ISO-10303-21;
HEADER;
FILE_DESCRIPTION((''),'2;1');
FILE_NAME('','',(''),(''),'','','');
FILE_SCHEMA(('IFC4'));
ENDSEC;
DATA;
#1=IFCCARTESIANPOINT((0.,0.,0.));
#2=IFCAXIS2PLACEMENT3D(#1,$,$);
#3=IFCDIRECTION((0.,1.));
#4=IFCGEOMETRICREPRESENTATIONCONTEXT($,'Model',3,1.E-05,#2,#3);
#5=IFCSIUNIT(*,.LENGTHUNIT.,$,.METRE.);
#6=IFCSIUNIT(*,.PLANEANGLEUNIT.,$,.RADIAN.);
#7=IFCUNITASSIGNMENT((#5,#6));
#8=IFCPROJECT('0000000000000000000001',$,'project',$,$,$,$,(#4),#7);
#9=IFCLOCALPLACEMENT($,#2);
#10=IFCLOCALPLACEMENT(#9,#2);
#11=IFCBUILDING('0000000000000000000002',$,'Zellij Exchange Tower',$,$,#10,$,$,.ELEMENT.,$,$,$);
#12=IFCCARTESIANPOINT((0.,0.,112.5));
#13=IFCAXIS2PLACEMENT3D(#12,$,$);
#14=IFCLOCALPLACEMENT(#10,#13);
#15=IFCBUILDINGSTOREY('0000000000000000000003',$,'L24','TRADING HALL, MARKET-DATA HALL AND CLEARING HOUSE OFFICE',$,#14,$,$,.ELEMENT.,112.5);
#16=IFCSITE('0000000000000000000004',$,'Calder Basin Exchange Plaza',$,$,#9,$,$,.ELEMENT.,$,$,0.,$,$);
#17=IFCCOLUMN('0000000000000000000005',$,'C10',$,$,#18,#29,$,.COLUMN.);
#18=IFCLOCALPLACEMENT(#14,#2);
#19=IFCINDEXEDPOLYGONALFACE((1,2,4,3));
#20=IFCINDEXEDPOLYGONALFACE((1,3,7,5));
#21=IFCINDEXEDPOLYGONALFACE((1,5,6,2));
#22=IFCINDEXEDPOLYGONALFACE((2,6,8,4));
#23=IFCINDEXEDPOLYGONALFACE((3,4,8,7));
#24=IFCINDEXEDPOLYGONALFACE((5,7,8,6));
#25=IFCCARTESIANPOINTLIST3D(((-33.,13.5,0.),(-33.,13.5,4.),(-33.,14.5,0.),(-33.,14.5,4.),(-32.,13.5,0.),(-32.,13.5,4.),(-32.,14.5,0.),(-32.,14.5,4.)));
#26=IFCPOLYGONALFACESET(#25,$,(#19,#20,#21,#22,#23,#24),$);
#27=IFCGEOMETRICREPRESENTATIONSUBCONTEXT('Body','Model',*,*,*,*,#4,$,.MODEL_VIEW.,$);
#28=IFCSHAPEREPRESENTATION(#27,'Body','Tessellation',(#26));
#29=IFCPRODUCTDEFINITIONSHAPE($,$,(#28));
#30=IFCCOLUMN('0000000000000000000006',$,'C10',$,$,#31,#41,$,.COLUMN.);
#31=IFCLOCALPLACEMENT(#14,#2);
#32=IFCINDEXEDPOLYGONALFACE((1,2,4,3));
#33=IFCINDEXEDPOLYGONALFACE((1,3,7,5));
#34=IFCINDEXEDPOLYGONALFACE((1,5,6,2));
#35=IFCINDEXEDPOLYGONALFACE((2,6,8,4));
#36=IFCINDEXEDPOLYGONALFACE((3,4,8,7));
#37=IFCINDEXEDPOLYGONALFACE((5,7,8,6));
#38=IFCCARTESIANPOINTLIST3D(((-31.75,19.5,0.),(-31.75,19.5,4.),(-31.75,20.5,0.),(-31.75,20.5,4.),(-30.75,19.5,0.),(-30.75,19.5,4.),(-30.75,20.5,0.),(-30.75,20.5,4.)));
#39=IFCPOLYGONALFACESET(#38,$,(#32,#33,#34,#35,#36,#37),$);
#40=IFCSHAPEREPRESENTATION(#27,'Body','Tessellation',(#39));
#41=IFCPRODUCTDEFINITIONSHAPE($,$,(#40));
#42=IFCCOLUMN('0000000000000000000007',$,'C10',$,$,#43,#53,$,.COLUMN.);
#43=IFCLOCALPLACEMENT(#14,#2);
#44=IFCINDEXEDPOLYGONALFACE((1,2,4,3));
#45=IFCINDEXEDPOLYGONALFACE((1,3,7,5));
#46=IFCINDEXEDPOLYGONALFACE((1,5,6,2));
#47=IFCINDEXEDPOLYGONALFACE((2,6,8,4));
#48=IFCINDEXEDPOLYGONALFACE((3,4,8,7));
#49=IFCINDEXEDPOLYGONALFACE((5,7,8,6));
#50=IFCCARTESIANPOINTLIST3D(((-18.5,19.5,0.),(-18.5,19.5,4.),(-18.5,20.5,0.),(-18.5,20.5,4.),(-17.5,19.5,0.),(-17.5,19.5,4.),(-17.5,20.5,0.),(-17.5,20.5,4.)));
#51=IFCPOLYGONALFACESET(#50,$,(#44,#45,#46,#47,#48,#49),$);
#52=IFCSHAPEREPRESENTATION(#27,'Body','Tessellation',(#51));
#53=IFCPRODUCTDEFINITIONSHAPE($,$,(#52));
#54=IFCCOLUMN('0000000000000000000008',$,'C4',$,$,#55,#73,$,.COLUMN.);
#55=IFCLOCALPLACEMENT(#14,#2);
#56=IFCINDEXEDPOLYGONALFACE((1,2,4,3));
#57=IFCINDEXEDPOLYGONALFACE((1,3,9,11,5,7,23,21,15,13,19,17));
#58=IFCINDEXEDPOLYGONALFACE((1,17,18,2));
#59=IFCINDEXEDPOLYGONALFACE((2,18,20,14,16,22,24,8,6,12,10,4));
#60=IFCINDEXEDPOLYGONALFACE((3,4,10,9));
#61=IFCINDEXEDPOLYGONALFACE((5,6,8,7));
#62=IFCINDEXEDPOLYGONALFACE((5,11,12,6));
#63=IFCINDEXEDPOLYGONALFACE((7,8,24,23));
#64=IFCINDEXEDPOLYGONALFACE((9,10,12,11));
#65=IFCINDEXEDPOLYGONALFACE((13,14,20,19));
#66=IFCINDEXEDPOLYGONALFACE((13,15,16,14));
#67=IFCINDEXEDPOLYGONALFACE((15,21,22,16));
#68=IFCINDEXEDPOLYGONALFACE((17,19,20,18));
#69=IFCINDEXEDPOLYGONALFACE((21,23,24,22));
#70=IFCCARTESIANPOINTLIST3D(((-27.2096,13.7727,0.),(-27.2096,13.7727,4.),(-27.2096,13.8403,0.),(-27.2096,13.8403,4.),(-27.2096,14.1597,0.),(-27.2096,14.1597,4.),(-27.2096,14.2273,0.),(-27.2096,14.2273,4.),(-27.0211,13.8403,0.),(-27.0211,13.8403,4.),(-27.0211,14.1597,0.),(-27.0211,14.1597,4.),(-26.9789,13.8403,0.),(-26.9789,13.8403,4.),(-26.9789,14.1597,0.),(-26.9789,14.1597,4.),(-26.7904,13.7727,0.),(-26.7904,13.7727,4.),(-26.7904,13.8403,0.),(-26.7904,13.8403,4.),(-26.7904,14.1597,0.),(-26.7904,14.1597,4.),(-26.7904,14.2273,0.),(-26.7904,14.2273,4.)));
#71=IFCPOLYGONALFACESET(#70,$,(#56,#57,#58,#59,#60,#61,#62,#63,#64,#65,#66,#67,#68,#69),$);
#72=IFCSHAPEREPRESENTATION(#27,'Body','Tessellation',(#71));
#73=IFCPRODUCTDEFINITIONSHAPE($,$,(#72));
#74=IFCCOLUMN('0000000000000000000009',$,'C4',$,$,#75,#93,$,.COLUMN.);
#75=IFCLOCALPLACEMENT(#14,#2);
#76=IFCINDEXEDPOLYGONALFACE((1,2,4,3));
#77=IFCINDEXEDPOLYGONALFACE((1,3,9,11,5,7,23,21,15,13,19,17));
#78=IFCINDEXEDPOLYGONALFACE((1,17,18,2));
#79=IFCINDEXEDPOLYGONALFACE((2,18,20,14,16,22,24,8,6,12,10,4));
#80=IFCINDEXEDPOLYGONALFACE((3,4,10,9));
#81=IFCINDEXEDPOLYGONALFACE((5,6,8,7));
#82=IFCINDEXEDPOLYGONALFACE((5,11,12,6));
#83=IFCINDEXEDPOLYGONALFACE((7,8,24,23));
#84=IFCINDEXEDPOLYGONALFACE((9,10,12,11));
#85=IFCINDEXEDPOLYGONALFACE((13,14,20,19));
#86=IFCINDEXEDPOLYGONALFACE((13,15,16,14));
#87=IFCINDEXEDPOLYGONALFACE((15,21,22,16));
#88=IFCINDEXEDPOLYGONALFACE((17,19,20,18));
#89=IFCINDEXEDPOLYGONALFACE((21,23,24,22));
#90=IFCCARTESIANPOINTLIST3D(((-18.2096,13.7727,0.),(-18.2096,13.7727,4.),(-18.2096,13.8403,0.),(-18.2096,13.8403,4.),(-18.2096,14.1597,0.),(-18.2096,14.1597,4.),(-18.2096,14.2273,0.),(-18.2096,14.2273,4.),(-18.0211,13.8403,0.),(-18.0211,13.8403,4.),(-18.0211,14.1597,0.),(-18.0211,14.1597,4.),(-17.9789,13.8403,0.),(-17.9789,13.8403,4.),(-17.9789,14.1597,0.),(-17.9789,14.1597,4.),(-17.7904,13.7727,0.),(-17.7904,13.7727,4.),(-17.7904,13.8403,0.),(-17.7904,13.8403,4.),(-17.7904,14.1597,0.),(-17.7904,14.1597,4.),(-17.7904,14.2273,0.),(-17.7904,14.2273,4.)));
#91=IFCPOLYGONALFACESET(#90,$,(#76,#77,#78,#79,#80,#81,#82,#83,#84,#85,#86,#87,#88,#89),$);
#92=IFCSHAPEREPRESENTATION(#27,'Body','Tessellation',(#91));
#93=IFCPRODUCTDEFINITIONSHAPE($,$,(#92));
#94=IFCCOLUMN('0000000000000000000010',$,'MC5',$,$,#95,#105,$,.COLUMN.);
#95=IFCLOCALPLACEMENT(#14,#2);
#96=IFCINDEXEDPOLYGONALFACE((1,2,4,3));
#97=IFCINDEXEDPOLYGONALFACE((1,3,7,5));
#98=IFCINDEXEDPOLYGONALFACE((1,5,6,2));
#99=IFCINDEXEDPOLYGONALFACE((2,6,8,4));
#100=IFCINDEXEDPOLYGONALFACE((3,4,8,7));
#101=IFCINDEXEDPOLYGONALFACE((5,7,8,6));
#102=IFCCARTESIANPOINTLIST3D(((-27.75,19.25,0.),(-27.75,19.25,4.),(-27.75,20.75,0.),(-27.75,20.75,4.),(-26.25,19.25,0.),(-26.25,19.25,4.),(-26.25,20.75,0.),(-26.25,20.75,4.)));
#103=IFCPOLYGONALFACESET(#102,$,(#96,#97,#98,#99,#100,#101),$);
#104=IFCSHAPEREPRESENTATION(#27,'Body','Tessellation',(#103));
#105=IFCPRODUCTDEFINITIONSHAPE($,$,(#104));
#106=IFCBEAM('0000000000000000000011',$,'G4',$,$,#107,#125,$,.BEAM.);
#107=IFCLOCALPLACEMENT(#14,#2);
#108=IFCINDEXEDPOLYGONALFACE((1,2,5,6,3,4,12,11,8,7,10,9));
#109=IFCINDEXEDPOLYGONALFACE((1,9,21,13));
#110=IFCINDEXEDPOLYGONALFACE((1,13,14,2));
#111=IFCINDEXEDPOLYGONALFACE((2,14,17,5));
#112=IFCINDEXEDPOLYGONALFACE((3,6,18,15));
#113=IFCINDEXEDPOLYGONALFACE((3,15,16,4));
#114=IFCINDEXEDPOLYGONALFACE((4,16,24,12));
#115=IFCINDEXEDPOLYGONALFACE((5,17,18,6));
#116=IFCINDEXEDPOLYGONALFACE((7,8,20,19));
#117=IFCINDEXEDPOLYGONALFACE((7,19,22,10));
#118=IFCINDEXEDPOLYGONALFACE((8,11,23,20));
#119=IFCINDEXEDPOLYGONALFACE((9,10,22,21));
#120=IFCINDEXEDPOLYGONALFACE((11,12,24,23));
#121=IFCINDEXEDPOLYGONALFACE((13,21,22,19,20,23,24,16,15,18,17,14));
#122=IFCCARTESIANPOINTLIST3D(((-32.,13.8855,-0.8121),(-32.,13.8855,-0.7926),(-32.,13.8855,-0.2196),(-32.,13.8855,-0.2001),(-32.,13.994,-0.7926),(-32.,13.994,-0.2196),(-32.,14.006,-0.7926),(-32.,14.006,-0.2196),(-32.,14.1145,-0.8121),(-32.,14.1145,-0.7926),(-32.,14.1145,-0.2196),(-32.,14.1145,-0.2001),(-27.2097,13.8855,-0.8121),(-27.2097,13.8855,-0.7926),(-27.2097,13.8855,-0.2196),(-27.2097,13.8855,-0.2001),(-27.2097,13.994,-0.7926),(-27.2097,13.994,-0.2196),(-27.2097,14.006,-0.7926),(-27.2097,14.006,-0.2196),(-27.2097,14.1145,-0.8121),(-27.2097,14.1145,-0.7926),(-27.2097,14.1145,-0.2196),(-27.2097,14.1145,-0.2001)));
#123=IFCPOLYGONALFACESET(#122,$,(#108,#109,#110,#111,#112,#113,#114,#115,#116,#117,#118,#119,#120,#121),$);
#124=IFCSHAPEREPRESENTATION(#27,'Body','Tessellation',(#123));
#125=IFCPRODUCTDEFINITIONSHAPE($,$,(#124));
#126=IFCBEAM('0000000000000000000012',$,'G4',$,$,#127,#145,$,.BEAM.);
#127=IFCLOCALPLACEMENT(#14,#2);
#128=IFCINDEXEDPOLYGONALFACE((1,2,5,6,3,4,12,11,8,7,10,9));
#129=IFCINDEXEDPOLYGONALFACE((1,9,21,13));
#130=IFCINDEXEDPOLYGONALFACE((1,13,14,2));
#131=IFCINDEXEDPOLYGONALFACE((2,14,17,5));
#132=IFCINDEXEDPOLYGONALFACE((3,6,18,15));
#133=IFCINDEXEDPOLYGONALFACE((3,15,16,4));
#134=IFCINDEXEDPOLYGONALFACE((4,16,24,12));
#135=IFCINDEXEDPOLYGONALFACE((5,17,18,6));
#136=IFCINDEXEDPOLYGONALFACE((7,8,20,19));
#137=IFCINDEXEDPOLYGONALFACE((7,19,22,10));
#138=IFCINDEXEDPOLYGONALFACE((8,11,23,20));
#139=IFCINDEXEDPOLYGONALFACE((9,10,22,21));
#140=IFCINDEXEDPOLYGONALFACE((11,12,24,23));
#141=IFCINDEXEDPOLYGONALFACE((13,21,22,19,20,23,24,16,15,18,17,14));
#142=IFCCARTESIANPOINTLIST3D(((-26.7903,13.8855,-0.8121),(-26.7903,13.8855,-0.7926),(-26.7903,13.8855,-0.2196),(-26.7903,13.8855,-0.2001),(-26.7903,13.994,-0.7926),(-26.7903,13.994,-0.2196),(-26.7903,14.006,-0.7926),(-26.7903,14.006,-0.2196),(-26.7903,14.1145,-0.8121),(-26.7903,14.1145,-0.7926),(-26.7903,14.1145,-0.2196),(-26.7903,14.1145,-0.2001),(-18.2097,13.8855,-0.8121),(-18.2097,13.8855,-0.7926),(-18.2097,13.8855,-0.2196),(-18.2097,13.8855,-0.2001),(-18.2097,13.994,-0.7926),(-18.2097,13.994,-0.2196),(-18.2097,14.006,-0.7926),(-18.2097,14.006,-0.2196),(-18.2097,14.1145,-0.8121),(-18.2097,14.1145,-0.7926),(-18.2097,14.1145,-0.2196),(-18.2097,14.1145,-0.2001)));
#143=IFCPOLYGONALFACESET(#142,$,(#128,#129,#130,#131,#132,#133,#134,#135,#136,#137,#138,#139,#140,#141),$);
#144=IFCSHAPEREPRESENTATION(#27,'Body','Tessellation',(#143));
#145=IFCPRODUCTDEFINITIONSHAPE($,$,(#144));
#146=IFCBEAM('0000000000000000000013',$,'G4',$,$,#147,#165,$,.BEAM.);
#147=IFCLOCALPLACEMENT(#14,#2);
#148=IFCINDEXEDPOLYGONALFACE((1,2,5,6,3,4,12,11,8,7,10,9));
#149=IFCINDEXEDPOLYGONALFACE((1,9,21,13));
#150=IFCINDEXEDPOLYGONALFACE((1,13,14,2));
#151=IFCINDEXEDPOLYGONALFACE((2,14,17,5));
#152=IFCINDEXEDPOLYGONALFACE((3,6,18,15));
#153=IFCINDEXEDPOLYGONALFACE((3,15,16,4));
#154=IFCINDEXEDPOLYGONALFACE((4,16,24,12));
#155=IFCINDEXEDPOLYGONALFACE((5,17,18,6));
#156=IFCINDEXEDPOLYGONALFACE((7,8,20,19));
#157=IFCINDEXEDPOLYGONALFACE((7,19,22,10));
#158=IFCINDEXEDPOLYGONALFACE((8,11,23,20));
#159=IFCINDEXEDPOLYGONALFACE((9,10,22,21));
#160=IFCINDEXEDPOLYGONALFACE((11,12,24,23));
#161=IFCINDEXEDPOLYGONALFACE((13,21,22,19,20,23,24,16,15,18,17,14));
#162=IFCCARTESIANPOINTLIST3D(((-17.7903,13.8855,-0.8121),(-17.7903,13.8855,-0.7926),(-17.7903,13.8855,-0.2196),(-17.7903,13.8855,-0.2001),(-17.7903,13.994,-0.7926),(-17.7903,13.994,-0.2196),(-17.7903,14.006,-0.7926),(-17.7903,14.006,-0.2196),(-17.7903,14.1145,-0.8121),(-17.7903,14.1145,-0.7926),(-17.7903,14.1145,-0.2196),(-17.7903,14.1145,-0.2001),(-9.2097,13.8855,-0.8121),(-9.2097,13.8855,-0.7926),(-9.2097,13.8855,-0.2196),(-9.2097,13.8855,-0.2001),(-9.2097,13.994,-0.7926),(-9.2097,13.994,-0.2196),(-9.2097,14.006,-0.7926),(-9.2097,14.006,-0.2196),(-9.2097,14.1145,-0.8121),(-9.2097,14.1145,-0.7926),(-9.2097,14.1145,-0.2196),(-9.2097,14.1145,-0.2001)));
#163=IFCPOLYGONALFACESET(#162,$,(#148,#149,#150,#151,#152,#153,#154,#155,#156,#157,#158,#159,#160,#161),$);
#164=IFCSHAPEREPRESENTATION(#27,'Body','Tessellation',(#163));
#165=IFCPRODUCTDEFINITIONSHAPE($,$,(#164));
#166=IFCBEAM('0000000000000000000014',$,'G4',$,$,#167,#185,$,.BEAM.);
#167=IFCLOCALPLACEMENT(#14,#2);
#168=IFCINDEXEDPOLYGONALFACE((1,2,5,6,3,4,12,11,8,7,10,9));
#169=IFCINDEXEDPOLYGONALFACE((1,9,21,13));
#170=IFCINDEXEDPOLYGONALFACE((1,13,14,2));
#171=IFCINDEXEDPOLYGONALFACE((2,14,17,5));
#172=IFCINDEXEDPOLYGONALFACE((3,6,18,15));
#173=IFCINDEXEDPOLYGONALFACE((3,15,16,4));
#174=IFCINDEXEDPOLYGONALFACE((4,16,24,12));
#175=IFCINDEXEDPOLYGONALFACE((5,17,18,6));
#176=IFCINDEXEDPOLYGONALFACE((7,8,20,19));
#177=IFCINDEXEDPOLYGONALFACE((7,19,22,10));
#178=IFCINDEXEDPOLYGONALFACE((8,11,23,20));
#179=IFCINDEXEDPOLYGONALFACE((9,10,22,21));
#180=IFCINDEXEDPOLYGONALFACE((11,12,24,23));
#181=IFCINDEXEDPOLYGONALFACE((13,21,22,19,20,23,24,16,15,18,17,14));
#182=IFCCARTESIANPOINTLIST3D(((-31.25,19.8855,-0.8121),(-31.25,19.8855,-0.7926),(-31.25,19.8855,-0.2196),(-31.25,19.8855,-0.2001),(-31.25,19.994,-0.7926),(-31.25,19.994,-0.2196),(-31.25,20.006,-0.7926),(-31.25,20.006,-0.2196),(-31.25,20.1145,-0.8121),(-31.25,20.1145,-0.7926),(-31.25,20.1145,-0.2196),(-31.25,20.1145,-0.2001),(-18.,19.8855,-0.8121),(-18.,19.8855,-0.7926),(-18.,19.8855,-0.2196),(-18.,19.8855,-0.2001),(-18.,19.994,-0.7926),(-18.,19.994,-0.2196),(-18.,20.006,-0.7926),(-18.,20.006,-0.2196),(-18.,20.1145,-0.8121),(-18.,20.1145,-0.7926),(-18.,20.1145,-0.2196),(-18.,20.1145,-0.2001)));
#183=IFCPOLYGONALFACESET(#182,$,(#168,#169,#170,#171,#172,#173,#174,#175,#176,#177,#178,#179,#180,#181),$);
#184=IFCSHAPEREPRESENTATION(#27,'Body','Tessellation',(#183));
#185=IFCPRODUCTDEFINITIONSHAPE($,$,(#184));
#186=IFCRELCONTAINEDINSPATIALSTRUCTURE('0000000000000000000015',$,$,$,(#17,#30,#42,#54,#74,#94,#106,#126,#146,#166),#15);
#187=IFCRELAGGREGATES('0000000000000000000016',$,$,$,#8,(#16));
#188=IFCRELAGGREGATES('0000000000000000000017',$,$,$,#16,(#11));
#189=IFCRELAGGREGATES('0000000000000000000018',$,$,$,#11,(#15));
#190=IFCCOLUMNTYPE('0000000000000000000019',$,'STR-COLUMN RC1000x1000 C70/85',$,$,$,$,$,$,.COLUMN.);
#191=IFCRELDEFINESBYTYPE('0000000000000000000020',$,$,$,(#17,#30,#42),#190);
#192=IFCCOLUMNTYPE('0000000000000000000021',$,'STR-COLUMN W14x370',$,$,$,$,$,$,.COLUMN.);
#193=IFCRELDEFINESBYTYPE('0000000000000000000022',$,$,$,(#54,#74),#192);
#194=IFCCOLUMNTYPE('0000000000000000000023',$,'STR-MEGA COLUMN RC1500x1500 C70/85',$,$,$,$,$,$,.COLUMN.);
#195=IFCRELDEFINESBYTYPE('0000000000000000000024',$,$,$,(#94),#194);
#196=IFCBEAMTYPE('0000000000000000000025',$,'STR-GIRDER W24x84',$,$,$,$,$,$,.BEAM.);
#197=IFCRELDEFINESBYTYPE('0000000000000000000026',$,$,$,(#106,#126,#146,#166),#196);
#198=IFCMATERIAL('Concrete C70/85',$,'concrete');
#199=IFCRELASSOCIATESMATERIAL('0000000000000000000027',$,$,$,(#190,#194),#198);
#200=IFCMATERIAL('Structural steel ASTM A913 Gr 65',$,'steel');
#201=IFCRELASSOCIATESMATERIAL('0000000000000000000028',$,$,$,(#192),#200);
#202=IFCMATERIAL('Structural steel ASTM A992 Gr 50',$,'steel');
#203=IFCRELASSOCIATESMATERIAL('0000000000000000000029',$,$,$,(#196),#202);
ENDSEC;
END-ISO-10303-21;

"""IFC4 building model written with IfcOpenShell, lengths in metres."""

from ifc_helpers import new_model, si_unit, direction, frame, origin, origin_2d, place, context, subcontext, project, spatial, rectangle, i_section, extrude, material, material_profile, profile_set, type_object, element, save


model = new_model("IFC4")

# Units and contexts
model_context = context("Model", 3, precision=1e-05, world=origin(), true_north=direction((0.0, 1.0)))
body_context = subcontext(model_context, "Body", "Model", "MODEL_VIEW")
ifc_project = project(units=[si_unit("LENGTHUNIT", "METRE"), si_unit("PLANEANGLEUNIT", "RADIAN")], contexts=[model_context])

# Site, building, storey
site_placement = place(None, origin())
site = spatial("IfcSite", under=ifc_project, at=site_placement, Name="Calder Basin Exchange Plaza", CompositionType="ELEMENT", RefElevation=0.0)
building_placement = place(site_placement, origin())
building = spatial("IfcBuilding", under=site, at=building_placement, Name="Zellij Exchange Tower", CompositionType="ELEMENT")
storey_placement = place(building_placement, frame((0.0, 0.0, 112.5)))
storey = spatial("IfcBuildingStorey", under=building, at=storey_placement, Name="L24", Description="TRADING HALL, MARKET-DATA HALL AND CLEARING HOUSE OFFICE", CompositionType="ELEMENT", Elevation=112.5)

# Columns
ifc_material_1 = material(Name="Concrete C70/85", Category="concrete")
ifc_material_profile_1 = material_profile(ifc_material_1, rectangle(XDim=1.0, YDim=1.0, at=origin_2d()), Name="STR-COLUMN RC1000x1000 C70/85")
ifc_profile_set_1 = profile_set([ifc_material_profile_1], Name="Concrete C70/85")
column_type_1 = type_object("IfcColumnType", Name="STR-COLUMN RC1000x1000 C70/85", PredefinedType="COLUMN", material=ifc_profile_set_1)
for number, where, z_axis, x_axis, name in (
    (1, (-32.5, 14.0, 0.0), (0.0, 0.0, 1.0), (1.0, 0.0, 0.0), "C10"),
    (2, (-31.25, 20.0, 0.0), (0.0, 0.0, 1.0), (1.0, 0.0, 0.0), "C10"),
    (3, (-18.0, 20.0, 0.0), (0.0, 0.0, 1.0), (1.0, 0.0, 0.0), "C10"),
):
    element("IfcColumn", number, at=place(storey_placement, frame(where, z_axis=z_axis, x_axis=x_axis)), inside=storey, type_object=column_type_1, Name=name, PredefinedType="COLUMN", context=body_context, shape_type="SweptSolid", body=[
        extrude(rectangle(XDim=1.0, YDim=1.0, at=origin_2d()), origin(), (0.0, 0.0, 1.0), 4.0),
    ])
ifc_material_2 = material(Name="Structural steel ASTM A913 Gr 65", Category="steel")
ifc_material_profile_2 = material_profile(ifc_material_2, i_section(OverallWidth=0.4192, OverallDepth=0.4546, WebThickness=0.0422, FlangeThickness=0.0676, at=origin_2d()), Name="W14x370")
ifc_profile_set_2 = profile_set([ifc_material_profile_2], Name="Structural steel ASTM A913 Gr 65")
column_type_2 = type_object("IfcColumnType", Name="STR-COLUMN W14x370", PredefinedType="COLUMN", material=ifc_profile_set_2)
for number, where, z_axis, x_axis, name in (
    (4, (-27.0, 14.0, 0.0), (0.0, 0.0, 1.0), (1.0, 0.0, 0.0), "C4"),
    (5, (-18.0, 14.0, 0.0), (0.0, 0.0, 1.0), (1.0, 0.0, 0.0), "C4"),
):
    element("IfcColumn", number, at=place(storey_placement, frame(where, z_axis=z_axis, x_axis=x_axis)), inside=storey, type_object=column_type_2, Name=name, PredefinedType="COLUMN", context=body_context, shape_type="SweptSolid", body=[
        extrude(i_section(OverallWidth=0.4192, OverallDepth=0.4546, WebThickness=0.0422, FlangeThickness=0.0676, at=origin_2d()), origin(), (0.0, 0.0, 1.0), 4.0),
    ])
ifc_material_profile_3 = material_profile(ifc_material_1, rectangle(XDim=1.5, YDim=1.5, at=origin_2d()), Name="STR-MEGA COLUMN RC1500x1500 C70/85")
ifc_profile_set_3 = profile_set([ifc_material_profile_3], Name="Concrete C70/85")
column_type_3 = type_object("IfcColumnType", Name="STR-MEGA COLUMN RC1500x1500 C70/85", PredefinedType="COLUMN", material=ifc_profile_set_3)
column_placement = place(storey_placement, frame((-27.0, 20.0, 0.0), z_axis=(0.0, 0.0, 1.0), x_axis=(1.0, 0.0, 0.0)))
element("IfcColumn", 6, at=column_placement, inside=storey, type_object=column_type_3, Name="MC5", PredefinedType="COLUMN", context=body_context, shape_type="SweptSolid", body=[
    extrude(rectangle(XDim=1.5, YDim=1.5, at=origin_2d()), origin(), (0.0, 0.0, 1.0), 4.0),
])

# Beams
ifc_material_3 = material(Name="Structural steel ASTM A992 Gr 50", Category="steel")
ifc_material_profile_4 = material_profile(ifc_material_3, i_section(OverallWidth=0.229, OverallDepth=0.6121, WebThickness=0.012, FlangeThickness=0.0195, at=origin_2d()), Name="W24x84")
ifc_profile_set_4 = profile_set([ifc_material_profile_4], Name="Structural steel ASTM A992 Gr 50")
beam_type = type_object("IfcBeamType", Name="STR-GIRDER W24x84", PredefinedType="BEAM", material=ifc_profile_set_4)
beam_1_placement = place(storey_placement, frame((-32.0, 14.0, -0.5061), z_axis=(1.0, 0.0, 0.0), x_axis=(0.0, 1.0, 0.0)))
element("IfcBeam", 7, at=beam_1_placement, inside=storey, type_object=beam_type, Name="G4", PredefinedType="BEAM", context=body_context, shape_type="SweptSolid", body=[
    extrude(i_section(OverallWidth=0.229, OverallDepth=0.6121, WebThickness=0.012, FlangeThickness=0.0195, at=origin_2d()), origin(), (0.0, 0.0, 1.0), 4.7903),
])
for number, where, z_axis, x_axis, name in (
    (8, (-26.7903, 14.0, -0.5061), (1.0, 0.0, 0.0), (0.0, 1.0, 0.0), "G4"),
    (9, (-17.7903, 14.0, -0.5061), (1.0, 0.0, 0.0), (0.0, 1.0, 0.0), "G4"),
):
    element("IfcBeam", number, at=place(storey_placement, frame(where, z_axis=z_axis, x_axis=x_axis)), inside=storey, type_object=beam_type, Name=name, PredefinedType="BEAM", context=body_context, shape_type="SweptSolid", body=[
        extrude(i_section(OverallWidth=0.229, OverallDepth=0.6121, WebThickness=0.012, FlangeThickness=0.0195, at=origin_2d()), origin(), (0.0, 0.0, 1.0), 8.5806),
    ])
beam_2_placement = place(storey_placement, frame((-31.25, 20.0, -0.5061), z_axis=(1.0, 0.0, 0.0), x_axis=(0.0, 1.0, 0.0)))
element("IfcBeam", 10, at=beam_2_placement, inside=storey, type_object=beam_type, Name="G4", PredefinedType="BEAM", context=body_context, shape_type="SweptSolid", body=[
    extrude(i_section(OverallWidth=0.229, OverallDepth=0.6121, WebThickness=0.012, FlangeThickness=0.0195, at=origin_2d()), origin(), (0.0, 0.0, 1.0), 13.25),
])

save(model, "model.ifc")
